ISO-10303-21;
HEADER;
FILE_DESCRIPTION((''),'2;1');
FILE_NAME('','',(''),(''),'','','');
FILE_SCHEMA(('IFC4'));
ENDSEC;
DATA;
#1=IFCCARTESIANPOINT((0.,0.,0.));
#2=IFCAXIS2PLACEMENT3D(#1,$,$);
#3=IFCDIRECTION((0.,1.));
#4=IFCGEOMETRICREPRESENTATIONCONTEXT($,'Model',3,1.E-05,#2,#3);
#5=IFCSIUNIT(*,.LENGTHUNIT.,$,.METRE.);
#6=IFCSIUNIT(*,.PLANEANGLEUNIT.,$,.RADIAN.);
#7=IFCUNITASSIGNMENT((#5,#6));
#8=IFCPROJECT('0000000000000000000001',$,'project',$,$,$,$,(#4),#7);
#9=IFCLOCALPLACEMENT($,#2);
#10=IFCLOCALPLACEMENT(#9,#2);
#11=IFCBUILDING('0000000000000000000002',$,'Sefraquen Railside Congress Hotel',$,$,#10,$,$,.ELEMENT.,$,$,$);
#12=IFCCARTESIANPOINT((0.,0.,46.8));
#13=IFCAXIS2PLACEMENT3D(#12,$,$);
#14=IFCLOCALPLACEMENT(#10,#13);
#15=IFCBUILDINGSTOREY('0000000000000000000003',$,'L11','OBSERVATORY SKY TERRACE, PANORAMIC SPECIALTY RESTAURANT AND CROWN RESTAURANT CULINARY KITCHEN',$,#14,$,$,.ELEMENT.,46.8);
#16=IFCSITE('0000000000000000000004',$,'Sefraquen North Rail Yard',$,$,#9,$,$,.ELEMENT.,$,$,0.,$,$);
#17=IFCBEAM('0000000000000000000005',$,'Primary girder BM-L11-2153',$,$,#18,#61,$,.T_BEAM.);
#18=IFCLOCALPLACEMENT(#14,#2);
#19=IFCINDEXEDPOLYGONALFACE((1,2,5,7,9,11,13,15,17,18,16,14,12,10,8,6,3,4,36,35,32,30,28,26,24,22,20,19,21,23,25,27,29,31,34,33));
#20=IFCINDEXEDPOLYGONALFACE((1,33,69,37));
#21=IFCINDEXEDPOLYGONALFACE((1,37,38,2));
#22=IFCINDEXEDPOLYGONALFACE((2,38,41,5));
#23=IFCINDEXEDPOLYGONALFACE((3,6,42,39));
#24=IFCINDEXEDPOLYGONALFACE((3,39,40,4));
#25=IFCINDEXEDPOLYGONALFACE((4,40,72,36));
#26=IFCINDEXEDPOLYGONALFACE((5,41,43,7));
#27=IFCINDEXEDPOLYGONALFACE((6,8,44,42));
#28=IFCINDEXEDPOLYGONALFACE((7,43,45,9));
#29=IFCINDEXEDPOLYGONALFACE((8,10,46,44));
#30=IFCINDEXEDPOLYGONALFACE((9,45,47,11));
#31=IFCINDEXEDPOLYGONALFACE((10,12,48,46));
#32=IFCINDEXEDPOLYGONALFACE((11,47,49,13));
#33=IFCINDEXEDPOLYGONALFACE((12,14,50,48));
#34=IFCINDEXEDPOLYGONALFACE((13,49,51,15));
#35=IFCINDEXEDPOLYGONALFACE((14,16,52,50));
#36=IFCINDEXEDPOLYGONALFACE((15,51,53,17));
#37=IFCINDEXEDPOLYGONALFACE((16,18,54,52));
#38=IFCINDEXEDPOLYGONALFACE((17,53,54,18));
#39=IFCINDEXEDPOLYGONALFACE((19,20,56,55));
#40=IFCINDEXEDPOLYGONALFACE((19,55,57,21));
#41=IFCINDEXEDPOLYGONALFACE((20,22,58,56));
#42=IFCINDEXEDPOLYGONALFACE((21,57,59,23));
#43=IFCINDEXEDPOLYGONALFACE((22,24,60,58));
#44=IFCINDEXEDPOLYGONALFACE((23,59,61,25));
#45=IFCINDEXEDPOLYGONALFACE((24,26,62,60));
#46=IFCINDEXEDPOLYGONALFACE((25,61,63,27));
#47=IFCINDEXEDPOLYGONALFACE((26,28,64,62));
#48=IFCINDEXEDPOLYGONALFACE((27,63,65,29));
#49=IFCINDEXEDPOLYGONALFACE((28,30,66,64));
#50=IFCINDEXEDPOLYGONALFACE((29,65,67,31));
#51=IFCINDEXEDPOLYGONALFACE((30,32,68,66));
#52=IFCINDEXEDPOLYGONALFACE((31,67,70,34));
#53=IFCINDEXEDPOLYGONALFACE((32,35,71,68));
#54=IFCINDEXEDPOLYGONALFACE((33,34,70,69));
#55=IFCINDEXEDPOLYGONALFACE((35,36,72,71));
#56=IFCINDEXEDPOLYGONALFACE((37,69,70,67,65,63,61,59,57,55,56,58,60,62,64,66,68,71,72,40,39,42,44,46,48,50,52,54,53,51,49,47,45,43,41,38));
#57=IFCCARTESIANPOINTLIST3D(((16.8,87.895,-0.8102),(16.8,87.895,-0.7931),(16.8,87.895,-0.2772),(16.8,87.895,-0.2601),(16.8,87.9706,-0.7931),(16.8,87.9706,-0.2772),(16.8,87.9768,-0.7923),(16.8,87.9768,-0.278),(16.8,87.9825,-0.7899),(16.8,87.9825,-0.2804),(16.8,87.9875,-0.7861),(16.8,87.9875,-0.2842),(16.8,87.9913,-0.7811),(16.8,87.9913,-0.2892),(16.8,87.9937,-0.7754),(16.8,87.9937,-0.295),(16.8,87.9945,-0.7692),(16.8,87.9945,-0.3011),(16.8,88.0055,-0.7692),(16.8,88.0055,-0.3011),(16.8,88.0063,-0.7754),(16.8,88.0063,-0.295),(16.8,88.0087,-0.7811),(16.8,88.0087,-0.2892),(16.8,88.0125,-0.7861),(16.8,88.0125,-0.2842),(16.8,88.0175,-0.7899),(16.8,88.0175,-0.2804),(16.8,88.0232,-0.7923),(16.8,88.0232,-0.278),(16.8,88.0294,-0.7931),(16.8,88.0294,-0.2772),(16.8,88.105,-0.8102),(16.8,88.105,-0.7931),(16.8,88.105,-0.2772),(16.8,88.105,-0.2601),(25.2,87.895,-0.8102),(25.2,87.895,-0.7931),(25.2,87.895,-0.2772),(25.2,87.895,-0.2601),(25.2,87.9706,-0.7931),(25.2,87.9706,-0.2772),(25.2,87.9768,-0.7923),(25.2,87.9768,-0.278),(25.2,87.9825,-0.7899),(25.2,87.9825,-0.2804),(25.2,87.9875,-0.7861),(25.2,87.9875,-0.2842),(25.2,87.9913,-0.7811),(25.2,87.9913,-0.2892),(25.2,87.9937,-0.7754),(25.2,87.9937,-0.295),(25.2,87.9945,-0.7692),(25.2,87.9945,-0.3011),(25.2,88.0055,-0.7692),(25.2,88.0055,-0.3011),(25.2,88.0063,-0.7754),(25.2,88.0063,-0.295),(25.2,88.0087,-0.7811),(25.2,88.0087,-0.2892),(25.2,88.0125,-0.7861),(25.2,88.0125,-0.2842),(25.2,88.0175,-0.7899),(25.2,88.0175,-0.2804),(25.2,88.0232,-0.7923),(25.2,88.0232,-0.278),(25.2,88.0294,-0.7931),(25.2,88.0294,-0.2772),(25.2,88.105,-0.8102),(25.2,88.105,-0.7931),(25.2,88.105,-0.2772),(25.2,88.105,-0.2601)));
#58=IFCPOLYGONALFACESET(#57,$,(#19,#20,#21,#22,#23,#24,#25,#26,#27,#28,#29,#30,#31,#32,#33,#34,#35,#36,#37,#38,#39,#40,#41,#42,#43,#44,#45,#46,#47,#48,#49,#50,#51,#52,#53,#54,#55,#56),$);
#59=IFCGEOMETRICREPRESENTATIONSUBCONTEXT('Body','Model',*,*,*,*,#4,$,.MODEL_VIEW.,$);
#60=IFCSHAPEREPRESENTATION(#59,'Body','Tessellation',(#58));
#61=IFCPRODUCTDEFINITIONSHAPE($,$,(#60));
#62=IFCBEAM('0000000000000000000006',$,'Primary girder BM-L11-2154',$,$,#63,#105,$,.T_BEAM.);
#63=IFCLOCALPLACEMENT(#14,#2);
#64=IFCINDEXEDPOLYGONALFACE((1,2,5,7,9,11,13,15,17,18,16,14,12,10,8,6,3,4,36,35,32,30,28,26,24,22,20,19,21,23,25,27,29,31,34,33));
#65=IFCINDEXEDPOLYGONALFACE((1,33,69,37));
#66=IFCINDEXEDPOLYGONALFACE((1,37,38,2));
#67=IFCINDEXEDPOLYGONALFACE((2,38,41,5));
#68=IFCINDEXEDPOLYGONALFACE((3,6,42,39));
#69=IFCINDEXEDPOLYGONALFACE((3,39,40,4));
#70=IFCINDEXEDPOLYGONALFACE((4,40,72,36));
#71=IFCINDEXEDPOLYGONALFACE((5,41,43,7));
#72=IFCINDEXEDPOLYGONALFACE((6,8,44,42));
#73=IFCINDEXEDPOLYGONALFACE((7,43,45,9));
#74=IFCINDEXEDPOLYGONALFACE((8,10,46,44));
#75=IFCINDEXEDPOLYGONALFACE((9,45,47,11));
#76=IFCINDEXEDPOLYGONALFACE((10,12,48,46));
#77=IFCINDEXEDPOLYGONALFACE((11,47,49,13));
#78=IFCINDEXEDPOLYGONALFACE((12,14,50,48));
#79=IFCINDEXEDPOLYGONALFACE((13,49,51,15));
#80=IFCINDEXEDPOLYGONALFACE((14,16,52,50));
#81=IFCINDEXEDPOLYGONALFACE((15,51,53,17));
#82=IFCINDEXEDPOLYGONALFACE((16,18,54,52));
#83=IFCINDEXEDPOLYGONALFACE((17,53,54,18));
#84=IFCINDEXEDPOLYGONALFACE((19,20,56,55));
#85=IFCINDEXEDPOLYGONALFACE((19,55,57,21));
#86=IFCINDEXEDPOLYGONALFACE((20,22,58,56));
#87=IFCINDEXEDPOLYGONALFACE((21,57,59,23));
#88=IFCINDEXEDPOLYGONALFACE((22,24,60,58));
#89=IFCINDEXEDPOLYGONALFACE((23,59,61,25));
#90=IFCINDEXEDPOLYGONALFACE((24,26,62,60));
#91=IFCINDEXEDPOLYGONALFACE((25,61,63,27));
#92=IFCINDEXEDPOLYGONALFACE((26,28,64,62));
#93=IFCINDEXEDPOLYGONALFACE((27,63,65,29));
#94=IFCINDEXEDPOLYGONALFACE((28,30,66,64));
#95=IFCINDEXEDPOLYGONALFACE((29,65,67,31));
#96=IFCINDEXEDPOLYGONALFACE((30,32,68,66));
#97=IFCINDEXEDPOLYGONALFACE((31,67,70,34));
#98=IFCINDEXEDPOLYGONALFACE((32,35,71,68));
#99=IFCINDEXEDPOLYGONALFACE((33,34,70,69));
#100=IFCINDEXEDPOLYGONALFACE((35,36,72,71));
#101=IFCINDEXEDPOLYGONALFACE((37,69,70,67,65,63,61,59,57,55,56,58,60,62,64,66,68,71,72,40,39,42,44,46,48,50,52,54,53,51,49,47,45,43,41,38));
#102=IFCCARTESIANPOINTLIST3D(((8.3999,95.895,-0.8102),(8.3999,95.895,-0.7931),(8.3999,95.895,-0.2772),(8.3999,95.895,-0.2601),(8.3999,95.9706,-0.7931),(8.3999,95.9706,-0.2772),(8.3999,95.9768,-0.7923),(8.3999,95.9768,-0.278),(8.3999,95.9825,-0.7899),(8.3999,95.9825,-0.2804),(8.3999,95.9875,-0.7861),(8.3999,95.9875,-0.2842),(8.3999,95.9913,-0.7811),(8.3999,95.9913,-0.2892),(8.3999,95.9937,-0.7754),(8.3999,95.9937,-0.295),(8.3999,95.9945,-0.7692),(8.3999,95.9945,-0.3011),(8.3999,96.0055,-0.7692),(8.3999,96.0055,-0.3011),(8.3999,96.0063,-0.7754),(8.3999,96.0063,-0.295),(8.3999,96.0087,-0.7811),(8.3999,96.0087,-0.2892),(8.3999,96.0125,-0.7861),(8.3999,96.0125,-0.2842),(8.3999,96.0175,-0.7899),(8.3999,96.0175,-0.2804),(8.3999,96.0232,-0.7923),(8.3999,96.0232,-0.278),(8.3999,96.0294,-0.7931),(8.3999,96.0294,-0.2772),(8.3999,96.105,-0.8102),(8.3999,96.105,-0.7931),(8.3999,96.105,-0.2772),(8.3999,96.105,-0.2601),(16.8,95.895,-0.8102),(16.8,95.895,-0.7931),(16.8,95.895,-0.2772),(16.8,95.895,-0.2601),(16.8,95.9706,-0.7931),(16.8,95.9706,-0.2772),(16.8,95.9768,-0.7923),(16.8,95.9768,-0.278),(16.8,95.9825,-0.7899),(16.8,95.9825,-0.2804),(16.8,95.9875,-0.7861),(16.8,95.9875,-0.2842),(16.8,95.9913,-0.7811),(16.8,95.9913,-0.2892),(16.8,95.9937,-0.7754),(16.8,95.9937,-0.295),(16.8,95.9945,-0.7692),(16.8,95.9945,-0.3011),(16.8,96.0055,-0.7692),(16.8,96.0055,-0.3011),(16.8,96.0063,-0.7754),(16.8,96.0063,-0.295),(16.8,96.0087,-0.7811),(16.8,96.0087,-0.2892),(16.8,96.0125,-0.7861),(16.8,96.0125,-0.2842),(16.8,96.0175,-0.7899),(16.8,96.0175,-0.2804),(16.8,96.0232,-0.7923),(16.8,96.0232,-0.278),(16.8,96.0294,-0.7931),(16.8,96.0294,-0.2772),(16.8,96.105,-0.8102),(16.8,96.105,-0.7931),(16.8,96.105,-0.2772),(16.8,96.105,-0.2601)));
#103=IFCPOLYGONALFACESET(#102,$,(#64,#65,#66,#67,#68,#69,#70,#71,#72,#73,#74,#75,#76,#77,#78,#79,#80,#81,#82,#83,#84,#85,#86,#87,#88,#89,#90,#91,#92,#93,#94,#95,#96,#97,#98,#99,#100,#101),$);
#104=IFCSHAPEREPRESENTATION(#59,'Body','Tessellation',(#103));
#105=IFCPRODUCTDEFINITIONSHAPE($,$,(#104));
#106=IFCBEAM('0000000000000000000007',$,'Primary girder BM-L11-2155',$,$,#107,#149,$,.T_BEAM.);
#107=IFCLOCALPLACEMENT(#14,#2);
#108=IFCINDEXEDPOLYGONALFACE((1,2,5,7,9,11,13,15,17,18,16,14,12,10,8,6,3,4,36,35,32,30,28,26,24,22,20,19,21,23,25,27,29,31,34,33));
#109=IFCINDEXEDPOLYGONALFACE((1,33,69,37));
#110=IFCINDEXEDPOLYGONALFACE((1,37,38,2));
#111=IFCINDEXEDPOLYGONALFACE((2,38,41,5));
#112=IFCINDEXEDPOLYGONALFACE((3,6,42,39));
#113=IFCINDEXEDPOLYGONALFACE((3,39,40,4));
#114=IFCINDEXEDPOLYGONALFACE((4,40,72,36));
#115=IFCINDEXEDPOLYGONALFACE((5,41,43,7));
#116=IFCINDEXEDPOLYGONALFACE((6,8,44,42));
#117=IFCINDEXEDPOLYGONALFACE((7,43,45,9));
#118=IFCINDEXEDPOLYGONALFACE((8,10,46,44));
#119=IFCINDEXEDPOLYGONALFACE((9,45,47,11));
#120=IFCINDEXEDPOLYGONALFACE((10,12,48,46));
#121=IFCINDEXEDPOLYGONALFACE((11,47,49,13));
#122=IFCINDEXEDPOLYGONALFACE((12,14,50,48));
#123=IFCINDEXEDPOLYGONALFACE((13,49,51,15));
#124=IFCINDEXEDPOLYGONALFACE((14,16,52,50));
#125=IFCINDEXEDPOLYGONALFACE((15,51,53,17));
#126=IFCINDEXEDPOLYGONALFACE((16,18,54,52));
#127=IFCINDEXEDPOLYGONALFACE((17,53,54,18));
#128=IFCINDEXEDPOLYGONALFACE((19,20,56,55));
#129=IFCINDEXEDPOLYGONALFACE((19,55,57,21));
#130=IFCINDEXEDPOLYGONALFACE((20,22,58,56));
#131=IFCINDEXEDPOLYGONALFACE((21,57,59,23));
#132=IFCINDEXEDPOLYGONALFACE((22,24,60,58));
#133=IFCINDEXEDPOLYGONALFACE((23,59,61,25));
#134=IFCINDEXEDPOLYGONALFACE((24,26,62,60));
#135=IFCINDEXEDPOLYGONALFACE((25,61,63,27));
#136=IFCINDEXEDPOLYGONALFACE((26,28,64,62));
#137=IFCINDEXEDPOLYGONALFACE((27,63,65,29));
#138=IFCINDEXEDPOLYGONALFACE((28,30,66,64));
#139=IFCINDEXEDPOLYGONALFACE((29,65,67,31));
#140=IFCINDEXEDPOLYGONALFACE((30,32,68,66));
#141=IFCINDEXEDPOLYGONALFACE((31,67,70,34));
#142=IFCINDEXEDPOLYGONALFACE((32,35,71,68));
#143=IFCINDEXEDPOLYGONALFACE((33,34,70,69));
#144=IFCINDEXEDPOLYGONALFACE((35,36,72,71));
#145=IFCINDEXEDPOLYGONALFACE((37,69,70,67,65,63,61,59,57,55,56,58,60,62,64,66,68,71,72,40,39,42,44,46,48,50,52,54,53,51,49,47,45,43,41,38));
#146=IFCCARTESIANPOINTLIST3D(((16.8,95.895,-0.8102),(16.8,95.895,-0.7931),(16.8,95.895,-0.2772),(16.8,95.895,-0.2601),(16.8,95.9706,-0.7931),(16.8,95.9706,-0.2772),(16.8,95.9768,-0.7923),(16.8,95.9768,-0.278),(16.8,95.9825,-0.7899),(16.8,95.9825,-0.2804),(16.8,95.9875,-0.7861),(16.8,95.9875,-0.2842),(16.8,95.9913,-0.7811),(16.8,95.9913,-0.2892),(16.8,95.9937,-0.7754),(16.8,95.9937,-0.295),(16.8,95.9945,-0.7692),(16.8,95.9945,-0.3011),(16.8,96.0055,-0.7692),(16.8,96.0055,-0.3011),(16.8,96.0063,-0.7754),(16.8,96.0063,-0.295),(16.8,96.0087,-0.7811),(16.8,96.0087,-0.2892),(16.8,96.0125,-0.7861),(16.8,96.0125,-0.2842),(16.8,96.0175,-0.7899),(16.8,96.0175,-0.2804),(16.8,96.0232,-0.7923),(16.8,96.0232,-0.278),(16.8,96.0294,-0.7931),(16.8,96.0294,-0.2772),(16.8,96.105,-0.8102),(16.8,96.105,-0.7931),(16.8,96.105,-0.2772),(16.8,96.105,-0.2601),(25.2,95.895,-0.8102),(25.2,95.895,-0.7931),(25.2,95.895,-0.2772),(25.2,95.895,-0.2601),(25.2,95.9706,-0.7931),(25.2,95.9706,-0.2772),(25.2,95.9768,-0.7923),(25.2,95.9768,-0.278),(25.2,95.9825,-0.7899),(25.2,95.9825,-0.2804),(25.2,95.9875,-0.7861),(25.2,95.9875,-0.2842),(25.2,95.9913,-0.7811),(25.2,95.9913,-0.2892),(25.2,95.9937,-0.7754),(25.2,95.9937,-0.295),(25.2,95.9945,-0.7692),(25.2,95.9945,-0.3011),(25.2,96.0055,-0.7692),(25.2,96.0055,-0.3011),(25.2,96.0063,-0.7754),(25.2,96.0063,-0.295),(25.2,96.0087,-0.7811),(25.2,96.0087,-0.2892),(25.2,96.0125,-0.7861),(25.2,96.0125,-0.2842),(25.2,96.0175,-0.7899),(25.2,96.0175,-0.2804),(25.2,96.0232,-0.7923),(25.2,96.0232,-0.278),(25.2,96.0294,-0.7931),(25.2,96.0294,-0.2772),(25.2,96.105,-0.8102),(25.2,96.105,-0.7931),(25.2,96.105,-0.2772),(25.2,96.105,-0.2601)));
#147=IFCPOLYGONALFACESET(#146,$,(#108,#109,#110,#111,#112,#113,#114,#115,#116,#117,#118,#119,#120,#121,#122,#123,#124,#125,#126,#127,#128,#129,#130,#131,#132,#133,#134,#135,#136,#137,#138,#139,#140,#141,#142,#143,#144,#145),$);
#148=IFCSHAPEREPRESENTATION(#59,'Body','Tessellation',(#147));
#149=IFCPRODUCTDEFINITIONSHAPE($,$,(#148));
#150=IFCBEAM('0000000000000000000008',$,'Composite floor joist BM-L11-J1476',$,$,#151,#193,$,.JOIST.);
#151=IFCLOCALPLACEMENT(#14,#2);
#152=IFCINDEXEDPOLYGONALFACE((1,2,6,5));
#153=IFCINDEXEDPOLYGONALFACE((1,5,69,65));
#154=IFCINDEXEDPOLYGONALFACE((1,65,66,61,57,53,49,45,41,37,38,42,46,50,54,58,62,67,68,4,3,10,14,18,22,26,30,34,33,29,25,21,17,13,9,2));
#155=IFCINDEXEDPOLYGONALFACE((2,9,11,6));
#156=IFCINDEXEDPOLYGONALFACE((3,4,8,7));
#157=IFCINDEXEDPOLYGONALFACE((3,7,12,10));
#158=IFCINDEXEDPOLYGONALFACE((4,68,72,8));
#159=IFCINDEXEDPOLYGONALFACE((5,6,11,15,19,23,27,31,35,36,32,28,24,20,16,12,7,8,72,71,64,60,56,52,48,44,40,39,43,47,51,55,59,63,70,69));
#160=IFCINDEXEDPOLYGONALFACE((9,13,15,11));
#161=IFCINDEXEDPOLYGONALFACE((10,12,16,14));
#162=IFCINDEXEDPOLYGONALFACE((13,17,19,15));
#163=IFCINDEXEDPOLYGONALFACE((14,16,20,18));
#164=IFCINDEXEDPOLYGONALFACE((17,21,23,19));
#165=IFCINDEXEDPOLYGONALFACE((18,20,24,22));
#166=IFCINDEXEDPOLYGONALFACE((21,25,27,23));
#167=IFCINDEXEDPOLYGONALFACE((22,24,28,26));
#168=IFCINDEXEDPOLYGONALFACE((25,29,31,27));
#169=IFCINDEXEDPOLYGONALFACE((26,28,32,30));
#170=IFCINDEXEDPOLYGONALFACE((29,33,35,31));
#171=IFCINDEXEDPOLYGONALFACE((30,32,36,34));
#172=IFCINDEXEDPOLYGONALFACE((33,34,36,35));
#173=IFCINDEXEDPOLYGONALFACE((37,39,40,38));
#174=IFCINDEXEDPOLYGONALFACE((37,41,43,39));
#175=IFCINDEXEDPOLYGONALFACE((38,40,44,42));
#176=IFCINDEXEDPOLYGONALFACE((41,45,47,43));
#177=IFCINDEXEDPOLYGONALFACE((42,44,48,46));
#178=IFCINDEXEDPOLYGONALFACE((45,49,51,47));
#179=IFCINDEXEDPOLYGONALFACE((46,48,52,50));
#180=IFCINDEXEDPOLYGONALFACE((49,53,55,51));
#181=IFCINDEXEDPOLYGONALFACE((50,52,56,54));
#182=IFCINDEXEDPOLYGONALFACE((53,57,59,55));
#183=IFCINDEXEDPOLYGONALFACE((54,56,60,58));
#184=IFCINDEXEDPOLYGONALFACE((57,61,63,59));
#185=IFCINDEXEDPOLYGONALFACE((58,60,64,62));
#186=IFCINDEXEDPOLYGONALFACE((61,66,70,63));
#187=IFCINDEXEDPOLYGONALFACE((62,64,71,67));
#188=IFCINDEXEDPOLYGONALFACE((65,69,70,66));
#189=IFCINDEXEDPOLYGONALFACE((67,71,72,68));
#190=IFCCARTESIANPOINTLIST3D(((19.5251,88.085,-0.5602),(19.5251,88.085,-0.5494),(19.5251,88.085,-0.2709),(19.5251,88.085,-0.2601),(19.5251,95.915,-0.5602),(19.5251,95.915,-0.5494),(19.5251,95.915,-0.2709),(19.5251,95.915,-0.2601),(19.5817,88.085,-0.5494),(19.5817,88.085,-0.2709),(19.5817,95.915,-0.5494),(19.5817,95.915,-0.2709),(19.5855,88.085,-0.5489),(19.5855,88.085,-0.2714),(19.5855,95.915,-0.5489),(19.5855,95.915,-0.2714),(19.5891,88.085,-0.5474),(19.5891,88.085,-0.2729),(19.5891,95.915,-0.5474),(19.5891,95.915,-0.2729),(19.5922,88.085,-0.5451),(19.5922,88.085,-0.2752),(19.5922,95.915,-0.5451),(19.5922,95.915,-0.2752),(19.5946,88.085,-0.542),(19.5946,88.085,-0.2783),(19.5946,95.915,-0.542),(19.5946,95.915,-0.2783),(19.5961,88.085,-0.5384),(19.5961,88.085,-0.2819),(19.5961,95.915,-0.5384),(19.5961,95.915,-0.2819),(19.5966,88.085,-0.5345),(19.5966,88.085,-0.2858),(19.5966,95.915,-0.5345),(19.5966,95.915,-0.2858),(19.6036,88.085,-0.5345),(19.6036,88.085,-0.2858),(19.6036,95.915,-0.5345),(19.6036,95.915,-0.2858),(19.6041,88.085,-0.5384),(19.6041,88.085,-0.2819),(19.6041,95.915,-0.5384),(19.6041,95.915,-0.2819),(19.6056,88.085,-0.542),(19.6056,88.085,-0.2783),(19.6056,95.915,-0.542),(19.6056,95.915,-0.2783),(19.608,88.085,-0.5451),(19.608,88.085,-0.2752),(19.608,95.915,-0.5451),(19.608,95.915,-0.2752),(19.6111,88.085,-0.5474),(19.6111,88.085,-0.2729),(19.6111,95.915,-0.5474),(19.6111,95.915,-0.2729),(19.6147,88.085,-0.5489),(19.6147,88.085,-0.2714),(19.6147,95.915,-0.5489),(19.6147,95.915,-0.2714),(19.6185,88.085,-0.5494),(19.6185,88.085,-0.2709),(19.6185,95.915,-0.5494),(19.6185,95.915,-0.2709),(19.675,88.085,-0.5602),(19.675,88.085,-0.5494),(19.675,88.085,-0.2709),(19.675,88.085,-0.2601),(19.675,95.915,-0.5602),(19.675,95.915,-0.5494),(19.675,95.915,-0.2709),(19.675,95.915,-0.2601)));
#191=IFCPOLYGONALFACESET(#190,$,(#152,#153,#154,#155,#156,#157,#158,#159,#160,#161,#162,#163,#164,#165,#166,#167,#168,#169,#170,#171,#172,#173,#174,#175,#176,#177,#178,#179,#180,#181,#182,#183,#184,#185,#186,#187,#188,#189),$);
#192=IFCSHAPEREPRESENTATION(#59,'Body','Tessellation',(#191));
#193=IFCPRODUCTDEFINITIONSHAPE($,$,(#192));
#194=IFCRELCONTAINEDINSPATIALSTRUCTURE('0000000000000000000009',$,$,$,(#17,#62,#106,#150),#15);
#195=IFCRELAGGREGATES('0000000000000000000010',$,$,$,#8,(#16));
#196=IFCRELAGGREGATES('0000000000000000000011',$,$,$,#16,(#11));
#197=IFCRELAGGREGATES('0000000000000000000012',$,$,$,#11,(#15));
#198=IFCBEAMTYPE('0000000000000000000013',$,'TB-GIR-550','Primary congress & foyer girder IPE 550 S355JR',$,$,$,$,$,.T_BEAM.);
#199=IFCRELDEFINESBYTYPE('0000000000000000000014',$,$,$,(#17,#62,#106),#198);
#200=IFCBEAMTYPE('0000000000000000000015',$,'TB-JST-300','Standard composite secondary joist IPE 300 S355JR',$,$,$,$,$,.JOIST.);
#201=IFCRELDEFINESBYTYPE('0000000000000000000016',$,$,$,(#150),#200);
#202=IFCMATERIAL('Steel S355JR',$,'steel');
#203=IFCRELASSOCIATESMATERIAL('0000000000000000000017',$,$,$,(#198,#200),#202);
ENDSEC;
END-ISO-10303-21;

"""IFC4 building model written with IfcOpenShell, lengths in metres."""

from ifc_helpers import new_model, si_unit, direction, frame, origin, origin_2d, place, context, subcontext, project, spatial, i_section, extrude, material, material_profile, profile_set, type_object, element, save


model = new_model("IFC4")

# Units and contexts
model_context = context("Model", 3, precision=1e-05, world=origin(), true_north=direction((0.0, 1.0)))
body_context = subcontext(model_context, "Body", "Model", "MODEL_VIEW")
ifc_project = project(units=[si_unit("LENGTHUNIT", "METRE"), si_unit("PLANEANGLEUNIT", "RADIAN")], contexts=[model_context])

# Site, building, storey
site_placement = place(None, origin())
site = spatial("IfcSite", under=ifc_project, at=site_placement, Name="Sefraquen North Rail Yard", CompositionType="ELEMENT", RefElevation=0.0)
building_placement = place(site_placement, origin())
building = spatial("IfcBuilding", under=site, at=building_placement, Name="Sefraquen Railside Congress Hotel", CompositionType="ELEMENT")
storey_placement = place(building_placement, frame((0.0, 0.0, 46.8)))
storey = spatial("IfcBuildingStorey", under=building, at=storey_placement, Name="L11", Description="OBSERVATORY SKY TERRACE, PANORAMIC SPECIALTY RESTAURANT AND CROWN RESTAURANT CULINARY KITCHEN", CompositionType="ELEMENT", Elevation=46.8)

# Shared definitions
ifc_material_1 = material(Name="Steel S355JR", Category="steel")

# Beams
ifc_material_profile_1 = material_profile(ifc_material_1, i_section(OverallWidth=0.21, OverallDepth=0.55, WebThickness=0.011, FlangeThickness=0.0171, FilletRadius=0.0239, at=origin_2d()), Name="IPE 550")
ifc_profile_set_1 = profile_set([ifc_material_profile_1], Name="Steel S355JR")
beam_type_1 = type_object("IfcBeamType", Name="TB-GIR-550", Description="Primary congress & foyer girder IPE 550 S355JR", PredefinedType="T_BEAM", material=ifc_profile_set_1)
for number, where, z_axis, x_axis, name in (
    (1, (16.8, 88.0, -0.5352), (1.0, 0.0, 0.0), (0.0, 1.0, 0.0), "Primary girder BM-L11-2153"),
):
    element("IfcBeam", number, at=place(storey_placement, frame(where, z_axis=z_axis, x_axis=x_axis)), inside=storey, type_object=beam_type_1, Name=name, PredefinedType="T_BEAM", context=body_context, shape_type="SweptSolid", body=[
        extrude(i_section(OverallWidth=0.21, OverallDepth=0.55, WebThickness=0.011, FlangeThickness=0.0171, FilletRadius=0.0239, at=origin_2d()), origin(), (0.0, 0.0, 1.0), 8.3999),
    ])
beam_1_placement = place(storey_placement, frame((8.3999, 96.0, -0.5352), z_axis=(1.0, 0.0, 0.0), x_axis=(0.0, 1.0, 0.0)))
element("IfcBeam", 2, at=beam_1_placement, inside=storey, type_object=beam_type_1, Name="Primary girder BM-L11-2154", PredefinedType="T_BEAM", context=body_context, shape_type="SweptSolid", body=[
    extrude(i_section(OverallWidth=0.21, OverallDepth=0.55, WebThickness=0.011, FlangeThickness=0.0171, FilletRadius=0.0239, at=origin_2d()), origin(), (0.0, 0.0, 1.0), 8.4001),
])
beam_2_placement = place(storey_placement, frame((16.8, 96.0, -0.5352), z_axis=(1.0, 0.0, 0.0), x_axis=(0.0, 1.0, 0.0)))
element("IfcBeam", 3, at=beam_2_placement, inside=storey, type_object=beam_type_1, Name="Primary girder BM-L11-2155", PredefinedType="T_BEAM", context=body_context, shape_type="SweptSolid", body=[
    extrude(i_section(OverallWidth=0.21, OverallDepth=0.55, WebThickness=0.011, FlangeThickness=0.0171, FilletRadius=0.0239, at=origin_2d()), origin(), (0.0, 0.0, 1.0), 8.3999),
])
ifc_material_profile_2 = material_profile(ifc_material_1, i_section(OverallWidth=0.1499, OverallDepth=0.3, WebThickness=0.0071, FlangeThickness=0.0107, FilletRadius=0.0149, at=origin_2d()), Name="IPE 300")
ifc_profile_set_2 = profile_set([ifc_material_profile_2], Name="Steel S355JR")
beam_type_2 = type_object("IfcBeamType", Name="TB-JST-300", Description="Standard composite secondary joist IPE 300 S355JR", PredefinedType="JOIST", material=ifc_profile_set_2)
for number, where, z_axis, x_axis, name in (
    (4, (19.6001, 88.085, -0.4102), (0.0, 1.0, 0.0), (-1.0, 0.0, 0.0), "Composite floor joist BM-L11-J1476"),
):
    element("IfcBeam", number, at=place(storey_placement, frame(where, z_axis=z_axis, x_axis=x_axis)), inside=storey, type_object=beam_type_2, Name=name, PredefinedType="JOIST", context=body_context, shape_type="SweptSolid", body=[
        extrude(i_section(OverallWidth=0.1499, OverallDepth=0.3, WebThickness=0.0071, FlangeThickness=0.0107, FilletRadius=0.0149, at=origin_2d()), origin(), (0.0, 0.0, 1.0), 7.8301),
    ])

save(model, "model.ifc")
